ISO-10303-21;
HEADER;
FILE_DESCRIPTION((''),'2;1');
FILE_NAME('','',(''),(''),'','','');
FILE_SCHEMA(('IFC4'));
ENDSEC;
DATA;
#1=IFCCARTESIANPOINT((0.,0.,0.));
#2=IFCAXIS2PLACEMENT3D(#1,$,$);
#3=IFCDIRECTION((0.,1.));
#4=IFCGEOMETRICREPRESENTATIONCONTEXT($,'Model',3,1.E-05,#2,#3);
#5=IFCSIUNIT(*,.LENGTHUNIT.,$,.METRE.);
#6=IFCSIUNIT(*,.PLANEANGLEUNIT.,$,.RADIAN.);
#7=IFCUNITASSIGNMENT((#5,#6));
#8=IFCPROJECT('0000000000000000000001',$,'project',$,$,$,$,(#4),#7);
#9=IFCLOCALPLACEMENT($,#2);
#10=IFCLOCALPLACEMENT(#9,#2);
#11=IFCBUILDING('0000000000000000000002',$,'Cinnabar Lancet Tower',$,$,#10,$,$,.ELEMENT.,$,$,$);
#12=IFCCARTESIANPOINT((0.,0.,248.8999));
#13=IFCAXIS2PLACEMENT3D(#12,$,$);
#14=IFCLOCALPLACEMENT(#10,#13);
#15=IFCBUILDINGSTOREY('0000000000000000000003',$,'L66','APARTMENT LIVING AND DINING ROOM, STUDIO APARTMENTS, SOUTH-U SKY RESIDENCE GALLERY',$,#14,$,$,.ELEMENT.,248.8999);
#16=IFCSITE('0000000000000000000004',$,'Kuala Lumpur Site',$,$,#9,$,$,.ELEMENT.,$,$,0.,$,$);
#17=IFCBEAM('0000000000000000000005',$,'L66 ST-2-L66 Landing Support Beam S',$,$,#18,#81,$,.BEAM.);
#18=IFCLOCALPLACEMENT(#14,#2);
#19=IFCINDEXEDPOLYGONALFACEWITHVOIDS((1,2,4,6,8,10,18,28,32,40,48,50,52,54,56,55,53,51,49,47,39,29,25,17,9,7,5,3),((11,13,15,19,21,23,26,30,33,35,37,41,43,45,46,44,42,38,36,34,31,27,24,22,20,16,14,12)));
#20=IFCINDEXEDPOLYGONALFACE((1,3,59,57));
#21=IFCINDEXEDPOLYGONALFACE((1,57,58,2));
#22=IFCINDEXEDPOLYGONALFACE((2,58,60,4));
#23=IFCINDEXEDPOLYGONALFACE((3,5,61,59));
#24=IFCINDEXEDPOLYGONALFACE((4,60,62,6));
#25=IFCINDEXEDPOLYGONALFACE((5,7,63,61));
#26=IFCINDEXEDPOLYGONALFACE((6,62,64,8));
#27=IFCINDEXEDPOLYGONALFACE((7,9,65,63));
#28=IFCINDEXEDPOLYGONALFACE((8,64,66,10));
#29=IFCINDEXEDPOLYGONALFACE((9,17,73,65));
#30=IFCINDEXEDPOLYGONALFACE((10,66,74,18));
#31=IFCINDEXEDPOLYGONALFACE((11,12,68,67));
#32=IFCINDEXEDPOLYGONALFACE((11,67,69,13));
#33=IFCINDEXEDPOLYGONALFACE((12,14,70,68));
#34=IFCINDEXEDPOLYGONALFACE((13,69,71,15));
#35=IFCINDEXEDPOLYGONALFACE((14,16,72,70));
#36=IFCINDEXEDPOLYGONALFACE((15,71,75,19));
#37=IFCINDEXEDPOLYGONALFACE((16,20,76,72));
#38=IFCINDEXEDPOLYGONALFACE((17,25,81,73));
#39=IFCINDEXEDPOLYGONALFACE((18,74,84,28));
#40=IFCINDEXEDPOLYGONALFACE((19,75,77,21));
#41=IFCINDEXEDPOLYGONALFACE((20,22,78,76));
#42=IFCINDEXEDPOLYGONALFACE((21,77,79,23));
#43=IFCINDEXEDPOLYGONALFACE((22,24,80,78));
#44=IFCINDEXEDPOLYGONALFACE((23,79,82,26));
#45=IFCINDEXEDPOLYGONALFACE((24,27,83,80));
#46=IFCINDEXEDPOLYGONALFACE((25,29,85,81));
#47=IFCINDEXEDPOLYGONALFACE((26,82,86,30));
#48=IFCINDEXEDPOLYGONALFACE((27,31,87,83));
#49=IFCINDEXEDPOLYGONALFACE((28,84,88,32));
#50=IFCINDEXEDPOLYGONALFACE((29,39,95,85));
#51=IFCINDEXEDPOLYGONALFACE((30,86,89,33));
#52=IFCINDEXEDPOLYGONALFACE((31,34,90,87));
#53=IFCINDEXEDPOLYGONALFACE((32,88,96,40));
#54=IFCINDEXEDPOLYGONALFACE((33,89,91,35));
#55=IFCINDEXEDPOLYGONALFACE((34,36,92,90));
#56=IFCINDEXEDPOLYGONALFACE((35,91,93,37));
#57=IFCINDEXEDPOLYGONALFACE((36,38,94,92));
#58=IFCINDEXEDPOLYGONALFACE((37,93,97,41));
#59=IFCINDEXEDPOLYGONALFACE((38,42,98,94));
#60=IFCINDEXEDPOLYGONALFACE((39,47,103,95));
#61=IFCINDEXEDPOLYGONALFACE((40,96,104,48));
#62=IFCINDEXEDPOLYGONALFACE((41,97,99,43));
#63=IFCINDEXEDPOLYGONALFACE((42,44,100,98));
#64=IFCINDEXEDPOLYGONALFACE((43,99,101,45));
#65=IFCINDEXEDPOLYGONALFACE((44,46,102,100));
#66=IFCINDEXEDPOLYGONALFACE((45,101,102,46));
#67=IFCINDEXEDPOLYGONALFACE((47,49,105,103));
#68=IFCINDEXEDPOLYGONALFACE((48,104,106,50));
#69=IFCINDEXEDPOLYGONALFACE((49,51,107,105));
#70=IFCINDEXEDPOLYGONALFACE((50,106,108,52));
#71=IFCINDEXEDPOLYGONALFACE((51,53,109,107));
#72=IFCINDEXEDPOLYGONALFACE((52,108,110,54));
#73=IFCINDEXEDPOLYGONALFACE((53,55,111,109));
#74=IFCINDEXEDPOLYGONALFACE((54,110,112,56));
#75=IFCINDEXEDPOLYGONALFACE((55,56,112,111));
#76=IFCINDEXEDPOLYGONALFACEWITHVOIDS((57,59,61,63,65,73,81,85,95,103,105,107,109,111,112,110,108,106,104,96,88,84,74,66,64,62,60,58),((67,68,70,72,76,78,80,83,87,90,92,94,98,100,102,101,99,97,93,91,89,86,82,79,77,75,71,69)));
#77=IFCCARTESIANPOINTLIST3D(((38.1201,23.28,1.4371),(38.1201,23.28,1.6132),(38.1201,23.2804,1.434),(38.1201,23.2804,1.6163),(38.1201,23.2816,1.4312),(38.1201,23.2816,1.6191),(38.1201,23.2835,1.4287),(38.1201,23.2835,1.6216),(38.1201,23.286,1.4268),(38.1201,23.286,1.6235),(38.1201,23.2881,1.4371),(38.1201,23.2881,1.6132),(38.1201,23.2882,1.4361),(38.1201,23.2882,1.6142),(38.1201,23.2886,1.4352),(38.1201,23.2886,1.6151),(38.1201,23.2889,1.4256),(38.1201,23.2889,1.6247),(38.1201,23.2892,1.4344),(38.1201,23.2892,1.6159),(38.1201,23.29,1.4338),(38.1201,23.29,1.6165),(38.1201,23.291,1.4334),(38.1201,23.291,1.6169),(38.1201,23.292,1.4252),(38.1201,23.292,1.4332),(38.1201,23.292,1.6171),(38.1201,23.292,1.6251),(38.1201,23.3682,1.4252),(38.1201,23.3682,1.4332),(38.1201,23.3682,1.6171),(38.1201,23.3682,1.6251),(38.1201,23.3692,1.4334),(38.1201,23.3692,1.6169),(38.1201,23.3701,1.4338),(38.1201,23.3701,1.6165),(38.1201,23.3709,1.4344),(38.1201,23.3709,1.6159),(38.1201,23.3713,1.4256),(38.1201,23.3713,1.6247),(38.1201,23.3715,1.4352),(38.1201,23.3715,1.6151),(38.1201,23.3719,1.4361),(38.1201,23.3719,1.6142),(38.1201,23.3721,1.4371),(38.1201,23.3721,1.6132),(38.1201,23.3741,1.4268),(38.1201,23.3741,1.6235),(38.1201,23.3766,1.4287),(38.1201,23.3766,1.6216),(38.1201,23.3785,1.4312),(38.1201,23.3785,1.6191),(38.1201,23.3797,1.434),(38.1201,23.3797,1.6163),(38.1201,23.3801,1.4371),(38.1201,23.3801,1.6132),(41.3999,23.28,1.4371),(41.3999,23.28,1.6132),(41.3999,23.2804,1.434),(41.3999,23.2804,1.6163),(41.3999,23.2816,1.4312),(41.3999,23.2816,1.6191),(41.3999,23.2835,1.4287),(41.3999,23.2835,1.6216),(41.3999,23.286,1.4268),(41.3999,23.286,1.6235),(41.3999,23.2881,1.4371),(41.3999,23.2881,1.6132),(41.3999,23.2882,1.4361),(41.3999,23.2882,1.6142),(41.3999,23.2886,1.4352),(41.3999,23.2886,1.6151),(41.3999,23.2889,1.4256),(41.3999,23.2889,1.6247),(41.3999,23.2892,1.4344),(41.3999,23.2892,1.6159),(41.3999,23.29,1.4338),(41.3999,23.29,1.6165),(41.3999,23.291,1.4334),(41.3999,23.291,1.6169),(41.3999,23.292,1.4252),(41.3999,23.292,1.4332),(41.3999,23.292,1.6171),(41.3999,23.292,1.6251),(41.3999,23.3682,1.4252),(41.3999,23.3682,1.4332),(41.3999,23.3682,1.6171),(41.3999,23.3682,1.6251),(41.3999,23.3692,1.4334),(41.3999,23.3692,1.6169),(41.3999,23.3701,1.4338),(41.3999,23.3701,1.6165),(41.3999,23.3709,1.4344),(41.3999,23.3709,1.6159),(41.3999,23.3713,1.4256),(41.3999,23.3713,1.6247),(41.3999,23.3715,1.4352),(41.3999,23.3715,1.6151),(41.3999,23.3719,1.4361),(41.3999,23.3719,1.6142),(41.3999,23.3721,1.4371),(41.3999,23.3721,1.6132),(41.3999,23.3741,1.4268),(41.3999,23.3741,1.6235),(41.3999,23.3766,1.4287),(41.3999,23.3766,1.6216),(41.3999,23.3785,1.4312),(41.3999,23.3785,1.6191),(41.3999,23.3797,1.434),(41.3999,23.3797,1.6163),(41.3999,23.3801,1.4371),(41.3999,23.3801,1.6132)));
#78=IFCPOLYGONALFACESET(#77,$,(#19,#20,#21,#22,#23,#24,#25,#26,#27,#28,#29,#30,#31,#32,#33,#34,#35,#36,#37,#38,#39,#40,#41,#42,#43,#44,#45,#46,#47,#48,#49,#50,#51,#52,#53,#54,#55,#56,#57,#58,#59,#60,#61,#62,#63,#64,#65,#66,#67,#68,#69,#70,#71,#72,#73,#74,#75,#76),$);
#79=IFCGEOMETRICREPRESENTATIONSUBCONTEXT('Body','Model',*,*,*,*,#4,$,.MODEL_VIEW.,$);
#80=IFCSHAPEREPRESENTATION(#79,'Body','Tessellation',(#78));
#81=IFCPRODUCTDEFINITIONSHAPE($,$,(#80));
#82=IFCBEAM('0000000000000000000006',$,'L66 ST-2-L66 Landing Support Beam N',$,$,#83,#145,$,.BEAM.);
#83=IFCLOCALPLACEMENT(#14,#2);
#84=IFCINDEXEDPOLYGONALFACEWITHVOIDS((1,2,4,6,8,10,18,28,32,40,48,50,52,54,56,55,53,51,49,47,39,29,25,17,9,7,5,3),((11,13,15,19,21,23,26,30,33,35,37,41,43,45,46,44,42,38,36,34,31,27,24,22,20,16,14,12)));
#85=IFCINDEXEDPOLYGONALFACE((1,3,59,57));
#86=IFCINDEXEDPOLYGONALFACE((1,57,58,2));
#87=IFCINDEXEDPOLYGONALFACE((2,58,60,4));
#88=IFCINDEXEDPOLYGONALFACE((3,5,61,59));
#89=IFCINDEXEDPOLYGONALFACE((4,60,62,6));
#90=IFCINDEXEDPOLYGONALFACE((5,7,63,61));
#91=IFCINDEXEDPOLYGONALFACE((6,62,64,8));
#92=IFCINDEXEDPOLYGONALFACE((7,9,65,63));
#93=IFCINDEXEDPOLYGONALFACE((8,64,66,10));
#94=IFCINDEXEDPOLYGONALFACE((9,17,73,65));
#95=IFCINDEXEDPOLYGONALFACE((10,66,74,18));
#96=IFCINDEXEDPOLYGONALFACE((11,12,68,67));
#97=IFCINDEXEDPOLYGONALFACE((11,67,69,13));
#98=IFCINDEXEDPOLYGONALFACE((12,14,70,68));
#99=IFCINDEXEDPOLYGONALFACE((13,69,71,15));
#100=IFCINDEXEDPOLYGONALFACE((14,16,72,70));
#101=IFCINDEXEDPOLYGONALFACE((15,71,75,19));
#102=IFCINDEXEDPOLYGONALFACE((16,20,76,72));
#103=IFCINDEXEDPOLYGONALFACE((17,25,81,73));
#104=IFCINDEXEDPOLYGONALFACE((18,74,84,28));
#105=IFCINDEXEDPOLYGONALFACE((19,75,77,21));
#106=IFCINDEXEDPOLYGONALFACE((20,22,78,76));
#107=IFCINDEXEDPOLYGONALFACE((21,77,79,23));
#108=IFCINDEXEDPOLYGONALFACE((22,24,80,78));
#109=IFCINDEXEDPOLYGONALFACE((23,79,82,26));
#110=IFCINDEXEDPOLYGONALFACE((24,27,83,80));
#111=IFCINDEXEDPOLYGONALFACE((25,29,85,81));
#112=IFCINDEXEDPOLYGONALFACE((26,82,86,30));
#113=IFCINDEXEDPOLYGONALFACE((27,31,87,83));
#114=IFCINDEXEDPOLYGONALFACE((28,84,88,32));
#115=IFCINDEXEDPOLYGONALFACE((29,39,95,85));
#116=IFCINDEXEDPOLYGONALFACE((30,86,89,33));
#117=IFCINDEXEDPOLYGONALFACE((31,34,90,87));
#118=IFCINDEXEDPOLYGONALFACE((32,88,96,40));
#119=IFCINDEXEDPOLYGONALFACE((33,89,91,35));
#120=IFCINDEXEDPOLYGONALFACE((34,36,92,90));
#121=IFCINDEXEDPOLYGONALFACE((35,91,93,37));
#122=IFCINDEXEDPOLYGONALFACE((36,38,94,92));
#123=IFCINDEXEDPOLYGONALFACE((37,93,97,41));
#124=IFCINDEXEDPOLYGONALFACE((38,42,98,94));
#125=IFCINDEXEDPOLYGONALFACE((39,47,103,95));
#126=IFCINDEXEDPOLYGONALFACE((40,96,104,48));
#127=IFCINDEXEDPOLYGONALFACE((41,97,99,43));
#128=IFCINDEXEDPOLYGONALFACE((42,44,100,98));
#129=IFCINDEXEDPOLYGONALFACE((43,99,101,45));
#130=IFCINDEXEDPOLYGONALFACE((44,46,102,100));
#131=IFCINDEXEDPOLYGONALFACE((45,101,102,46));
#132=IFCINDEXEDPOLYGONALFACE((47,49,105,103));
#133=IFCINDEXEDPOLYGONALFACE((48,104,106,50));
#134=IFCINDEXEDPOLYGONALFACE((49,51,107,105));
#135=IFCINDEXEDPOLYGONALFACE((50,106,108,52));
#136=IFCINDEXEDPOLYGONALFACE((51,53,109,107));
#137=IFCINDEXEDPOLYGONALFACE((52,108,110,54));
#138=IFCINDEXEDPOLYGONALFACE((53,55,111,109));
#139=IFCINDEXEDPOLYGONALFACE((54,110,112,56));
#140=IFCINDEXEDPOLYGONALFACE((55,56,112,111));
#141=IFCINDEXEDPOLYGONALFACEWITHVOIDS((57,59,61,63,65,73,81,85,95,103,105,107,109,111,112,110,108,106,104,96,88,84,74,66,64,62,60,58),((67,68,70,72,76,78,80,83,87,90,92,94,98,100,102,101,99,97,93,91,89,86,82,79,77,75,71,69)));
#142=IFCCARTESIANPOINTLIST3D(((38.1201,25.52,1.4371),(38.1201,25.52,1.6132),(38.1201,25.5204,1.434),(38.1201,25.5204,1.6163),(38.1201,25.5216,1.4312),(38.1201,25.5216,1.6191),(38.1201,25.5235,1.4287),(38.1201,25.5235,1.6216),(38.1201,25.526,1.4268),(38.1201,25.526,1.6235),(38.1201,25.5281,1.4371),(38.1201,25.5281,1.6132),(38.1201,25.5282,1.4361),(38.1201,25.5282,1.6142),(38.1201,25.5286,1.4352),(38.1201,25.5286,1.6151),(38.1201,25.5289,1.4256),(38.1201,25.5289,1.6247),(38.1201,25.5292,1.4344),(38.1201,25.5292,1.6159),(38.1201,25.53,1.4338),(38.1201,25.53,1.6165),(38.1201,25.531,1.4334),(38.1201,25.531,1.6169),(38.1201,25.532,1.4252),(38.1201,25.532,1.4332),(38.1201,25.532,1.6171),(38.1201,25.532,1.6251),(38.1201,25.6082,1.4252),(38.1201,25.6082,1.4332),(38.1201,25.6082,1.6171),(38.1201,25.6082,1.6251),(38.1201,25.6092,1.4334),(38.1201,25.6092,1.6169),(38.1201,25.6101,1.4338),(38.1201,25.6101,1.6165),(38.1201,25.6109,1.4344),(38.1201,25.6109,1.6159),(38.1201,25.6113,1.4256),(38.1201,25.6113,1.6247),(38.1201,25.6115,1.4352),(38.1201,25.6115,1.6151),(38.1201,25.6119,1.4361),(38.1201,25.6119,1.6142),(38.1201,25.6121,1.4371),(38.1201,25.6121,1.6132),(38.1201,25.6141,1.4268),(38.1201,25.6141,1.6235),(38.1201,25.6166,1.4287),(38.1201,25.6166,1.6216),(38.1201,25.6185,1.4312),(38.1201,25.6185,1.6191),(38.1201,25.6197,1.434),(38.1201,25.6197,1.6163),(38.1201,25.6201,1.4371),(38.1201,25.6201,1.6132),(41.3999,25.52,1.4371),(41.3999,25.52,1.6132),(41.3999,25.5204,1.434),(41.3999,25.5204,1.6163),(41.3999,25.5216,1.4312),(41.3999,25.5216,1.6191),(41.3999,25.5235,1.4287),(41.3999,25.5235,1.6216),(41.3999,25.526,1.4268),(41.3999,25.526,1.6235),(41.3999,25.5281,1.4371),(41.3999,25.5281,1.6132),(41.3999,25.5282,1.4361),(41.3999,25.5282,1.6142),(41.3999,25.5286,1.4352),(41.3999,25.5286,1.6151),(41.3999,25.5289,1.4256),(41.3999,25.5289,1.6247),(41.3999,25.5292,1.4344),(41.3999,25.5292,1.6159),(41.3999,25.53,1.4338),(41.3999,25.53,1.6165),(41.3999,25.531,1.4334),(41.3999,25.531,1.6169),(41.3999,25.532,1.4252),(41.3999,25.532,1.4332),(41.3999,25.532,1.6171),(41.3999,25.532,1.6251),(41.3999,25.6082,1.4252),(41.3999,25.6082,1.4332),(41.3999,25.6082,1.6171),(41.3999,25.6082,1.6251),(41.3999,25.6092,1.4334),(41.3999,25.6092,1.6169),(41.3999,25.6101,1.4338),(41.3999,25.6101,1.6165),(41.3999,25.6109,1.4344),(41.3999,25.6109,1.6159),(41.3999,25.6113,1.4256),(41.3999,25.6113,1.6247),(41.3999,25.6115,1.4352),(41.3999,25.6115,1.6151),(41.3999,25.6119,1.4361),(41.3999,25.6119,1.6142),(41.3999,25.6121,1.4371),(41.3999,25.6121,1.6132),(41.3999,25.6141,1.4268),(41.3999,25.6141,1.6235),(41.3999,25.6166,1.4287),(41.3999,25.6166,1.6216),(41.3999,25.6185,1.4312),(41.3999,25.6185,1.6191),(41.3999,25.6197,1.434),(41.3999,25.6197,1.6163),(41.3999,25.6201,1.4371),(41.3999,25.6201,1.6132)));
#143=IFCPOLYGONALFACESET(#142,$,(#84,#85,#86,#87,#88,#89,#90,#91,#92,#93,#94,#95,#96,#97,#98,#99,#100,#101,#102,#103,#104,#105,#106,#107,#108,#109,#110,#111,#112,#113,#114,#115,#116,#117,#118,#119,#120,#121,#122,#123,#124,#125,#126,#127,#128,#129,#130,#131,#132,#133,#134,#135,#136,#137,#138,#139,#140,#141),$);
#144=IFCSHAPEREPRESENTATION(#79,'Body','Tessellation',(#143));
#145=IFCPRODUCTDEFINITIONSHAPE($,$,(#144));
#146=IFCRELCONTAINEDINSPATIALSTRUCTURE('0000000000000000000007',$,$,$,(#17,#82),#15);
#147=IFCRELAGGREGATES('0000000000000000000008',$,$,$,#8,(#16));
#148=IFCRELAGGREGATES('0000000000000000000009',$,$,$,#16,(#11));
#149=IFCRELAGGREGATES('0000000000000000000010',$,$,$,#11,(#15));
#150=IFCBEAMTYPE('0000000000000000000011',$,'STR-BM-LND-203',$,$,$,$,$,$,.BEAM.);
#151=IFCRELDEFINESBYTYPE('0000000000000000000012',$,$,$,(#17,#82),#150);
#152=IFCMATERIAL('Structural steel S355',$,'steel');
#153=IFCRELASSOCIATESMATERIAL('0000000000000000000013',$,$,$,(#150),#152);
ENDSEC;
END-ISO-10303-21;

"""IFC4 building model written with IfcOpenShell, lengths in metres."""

from ifc_helpers import new_model, si_unit, direction, frame, origin, origin_2d, place, context, subcontext, project, spatial, hollow_rectangle, extrude, material, material_profile, profile_set, type_object, element, save


model = new_model("IFC4")

# Units and contexts
model_context = context("Model", 3, precision=1e-05, world=origin(), true_north=direction((0.0, 1.0)))
body_context = subcontext(model_context, "Body", "Model", "MODEL_VIEW")
ifc_project = project(units=[si_unit("LENGTHUNIT", "METRE"), si_unit("PLANEANGLEUNIT", "RADIAN")], contexts=[model_context])

# Site, building, storey
site_placement = place(None, origin())
site = spatial("IfcSite", under=ifc_project, at=site_placement, Name="Kuala Lumpur Site", CompositionType="ELEMENT", RefElevation=0.0)
building_placement = place(site_placement, origin())
building = spatial("IfcBuilding", under=site, at=building_placement, Name="Cinnabar Lancet Tower", CompositionType="ELEMENT")
storey_placement = place(building_placement, frame((0.0, 0.0, 248.8999)))
storey = spatial("IfcBuildingStorey", under=building, at=storey_placement, Name="L66", Description="APARTMENT LIVING AND DINING ROOM, STUDIO APARTMENTS, SOUTH-U SKY RESIDENCE GALLERY", CompositionType="ELEMENT", Elevation=248.8999)

# Beams
ifc_material_1 = material(Name="Structural steel S355", Category="steel")
ifc_material_profile_1 = material_profile(ifc_material_1, hollow_rectangle(XDim=0.1001, YDim=0.2, WallThickness=0.0081, InnerFilletRadius=0.0039, OuterFilletRadius=0.012, at=origin_2d()), Name="RHS 200x100x8")
ifc_profile_set_1 = profile_set([ifc_material_profile_1], Name="Structural steel S355")
beam_type_1 = type_object("IfcBeamType", Name="STR-BM-LND-203", PredefinedType="BEAM", material=ifc_profile_set_1)
for number, where, z_axis, x_axis, name in (
    (1, (38.1201, 23.3301, 1.5251), (1.0, 0.0, 0.0), (0.0, 1.0, 0.0), "L66 ST-2-L66 Landing Support Beam S"),
    (2, (38.1201, 25.5701, 1.5251), (1.0, 0.0, 0.0), (0.0, 1.0, 0.0), "L66 ST-2-L66 Landing Support Beam N"),
):
    element("IfcBeam", number, at=place(storey_placement, frame(where, z_axis=z_axis, x_axis=x_axis)), inside=storey, type_object=beam_type_1, Name=name, PredefinedType="BEAM", context=body_context, shape_type="SweptSolid", body=[
        extrude(hollow_rectangle(XDim=0.1001, YDim=0.2, WallThickness=0.0081, InnerFilletRadius=0.0039, OuterFilletRadius=0.012, at=origin_2d()), origin(), (0.0, 0.0, 1.0), 3.2798),
    ])

save(model, "model.ifc")
